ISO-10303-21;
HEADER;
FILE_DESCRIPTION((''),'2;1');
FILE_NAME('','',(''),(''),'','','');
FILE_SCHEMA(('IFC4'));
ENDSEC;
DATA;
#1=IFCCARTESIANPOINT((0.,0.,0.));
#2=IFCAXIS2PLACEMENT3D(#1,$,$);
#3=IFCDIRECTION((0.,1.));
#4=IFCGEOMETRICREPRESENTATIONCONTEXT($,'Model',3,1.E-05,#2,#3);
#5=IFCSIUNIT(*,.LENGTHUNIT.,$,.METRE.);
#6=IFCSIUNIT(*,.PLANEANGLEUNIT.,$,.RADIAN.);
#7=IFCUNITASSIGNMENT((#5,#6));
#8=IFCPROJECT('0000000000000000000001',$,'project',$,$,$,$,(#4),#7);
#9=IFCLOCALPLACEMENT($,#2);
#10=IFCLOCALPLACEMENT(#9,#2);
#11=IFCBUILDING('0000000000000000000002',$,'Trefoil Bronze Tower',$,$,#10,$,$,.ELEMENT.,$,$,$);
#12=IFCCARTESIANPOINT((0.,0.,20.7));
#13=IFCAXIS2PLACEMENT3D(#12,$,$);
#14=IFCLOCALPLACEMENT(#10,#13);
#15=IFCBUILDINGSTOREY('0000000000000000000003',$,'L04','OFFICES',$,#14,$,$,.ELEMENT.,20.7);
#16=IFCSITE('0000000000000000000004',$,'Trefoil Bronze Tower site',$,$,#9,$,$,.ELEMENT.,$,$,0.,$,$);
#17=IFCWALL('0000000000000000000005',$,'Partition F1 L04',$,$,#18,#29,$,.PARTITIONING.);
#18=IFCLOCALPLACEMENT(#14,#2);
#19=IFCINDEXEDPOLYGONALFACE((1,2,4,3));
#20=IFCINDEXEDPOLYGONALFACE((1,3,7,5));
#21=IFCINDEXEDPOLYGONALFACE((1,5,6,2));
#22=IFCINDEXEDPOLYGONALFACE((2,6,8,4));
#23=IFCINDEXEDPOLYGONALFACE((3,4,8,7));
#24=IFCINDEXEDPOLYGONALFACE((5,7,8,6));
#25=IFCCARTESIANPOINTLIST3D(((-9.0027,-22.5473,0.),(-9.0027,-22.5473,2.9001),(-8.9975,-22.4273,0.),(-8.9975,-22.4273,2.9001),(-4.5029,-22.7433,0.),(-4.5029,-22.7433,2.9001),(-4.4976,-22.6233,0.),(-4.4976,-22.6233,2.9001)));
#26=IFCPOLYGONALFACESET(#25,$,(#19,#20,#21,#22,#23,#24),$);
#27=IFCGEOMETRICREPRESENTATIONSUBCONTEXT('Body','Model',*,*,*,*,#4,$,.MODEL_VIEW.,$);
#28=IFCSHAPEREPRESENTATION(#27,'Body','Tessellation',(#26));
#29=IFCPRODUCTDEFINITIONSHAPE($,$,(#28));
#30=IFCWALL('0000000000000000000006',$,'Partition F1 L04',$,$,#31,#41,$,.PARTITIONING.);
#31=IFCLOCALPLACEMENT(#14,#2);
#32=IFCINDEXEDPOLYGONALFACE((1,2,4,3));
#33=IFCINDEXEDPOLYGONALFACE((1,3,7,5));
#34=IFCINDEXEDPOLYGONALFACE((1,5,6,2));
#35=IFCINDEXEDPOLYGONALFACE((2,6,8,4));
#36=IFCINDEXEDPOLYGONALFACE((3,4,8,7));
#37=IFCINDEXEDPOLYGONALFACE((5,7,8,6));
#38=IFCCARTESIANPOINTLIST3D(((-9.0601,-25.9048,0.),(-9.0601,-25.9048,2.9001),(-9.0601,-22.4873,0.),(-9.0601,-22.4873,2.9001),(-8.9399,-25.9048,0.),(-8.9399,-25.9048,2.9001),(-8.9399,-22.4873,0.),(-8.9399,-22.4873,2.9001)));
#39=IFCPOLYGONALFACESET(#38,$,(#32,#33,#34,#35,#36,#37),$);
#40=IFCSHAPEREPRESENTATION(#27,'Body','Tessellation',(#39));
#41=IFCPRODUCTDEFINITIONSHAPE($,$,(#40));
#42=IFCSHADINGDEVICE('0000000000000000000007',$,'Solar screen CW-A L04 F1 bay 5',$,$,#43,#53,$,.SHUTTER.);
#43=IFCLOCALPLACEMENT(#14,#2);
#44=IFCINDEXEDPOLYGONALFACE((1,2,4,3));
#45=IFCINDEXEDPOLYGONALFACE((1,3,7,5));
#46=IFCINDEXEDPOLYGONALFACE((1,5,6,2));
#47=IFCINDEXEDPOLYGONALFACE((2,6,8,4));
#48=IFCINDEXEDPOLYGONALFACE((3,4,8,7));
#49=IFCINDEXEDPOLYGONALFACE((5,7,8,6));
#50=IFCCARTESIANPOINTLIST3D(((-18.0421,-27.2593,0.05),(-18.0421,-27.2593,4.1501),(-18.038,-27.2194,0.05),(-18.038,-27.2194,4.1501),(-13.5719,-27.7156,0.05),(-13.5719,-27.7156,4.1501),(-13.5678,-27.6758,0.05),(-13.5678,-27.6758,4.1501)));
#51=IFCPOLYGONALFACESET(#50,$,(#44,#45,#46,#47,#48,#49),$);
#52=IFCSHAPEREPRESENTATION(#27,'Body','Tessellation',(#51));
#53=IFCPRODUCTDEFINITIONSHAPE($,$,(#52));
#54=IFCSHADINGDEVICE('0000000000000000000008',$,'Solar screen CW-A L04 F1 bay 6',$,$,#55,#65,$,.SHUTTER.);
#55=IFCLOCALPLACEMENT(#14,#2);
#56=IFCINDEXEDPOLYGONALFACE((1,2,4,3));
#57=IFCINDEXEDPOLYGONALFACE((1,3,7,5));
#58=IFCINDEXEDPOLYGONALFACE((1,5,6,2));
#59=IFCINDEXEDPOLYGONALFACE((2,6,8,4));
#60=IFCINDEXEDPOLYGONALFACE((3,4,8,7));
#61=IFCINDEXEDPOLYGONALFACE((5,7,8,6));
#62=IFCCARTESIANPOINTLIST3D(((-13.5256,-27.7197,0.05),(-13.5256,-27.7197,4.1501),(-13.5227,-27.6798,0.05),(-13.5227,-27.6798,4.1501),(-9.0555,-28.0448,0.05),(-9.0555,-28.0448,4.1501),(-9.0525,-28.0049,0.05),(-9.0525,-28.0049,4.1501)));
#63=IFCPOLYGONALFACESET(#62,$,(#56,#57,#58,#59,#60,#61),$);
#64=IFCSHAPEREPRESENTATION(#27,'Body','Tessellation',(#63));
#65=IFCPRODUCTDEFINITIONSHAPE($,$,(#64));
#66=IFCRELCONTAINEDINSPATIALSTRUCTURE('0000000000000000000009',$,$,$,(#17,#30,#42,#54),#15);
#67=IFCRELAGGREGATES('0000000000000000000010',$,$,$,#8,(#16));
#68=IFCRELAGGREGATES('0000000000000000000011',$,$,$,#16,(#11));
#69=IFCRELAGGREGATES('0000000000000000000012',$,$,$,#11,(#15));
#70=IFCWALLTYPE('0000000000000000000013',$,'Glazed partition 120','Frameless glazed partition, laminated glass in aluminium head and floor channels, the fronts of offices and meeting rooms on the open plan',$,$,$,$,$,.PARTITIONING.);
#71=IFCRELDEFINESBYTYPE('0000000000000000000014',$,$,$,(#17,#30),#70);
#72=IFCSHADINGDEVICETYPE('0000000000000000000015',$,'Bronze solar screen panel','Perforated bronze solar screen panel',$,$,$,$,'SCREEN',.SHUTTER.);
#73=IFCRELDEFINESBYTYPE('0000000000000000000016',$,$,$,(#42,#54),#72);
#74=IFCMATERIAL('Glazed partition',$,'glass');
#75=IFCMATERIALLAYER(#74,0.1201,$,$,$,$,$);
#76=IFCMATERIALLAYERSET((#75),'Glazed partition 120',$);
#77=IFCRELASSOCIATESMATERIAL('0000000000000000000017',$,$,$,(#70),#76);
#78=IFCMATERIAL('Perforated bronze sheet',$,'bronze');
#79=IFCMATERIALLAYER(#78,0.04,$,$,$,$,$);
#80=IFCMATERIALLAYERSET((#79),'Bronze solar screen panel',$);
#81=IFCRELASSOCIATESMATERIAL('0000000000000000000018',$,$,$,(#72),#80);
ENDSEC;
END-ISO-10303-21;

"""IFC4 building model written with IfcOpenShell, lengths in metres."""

from ifc_helpers import new_model, si_unit, direction, frame, frame_2d, origin, origin_2d, place, context, subcontext, project, spatial, rectangle, extrude, material, layer, layer_set, type_object, element, save


model = new_model("IFC4")

# Units and contexts
model_context = context("Model", 3, precision=1e-05, world=origin(), true_north=direction((0.0, 1.0)))
body_context = subcontext(model_context, "Body", "Model", "MODEL_VIEW")
ifc_project = project(units=[si_unit("LENGTHUNIT", "METRE"), si_unit("PLANEANGLEUNIT", "RADIAN")], contexts=[model_context])

# Site, building, storey
site_placement = place(None, origin())
site = spatial("IfcSite", under=ifc_project, at=site_placement, Name="Trefoil Bronze Tower site", CompositionType="ELEMENT", RefElevation=0.0)
building_placement = place(site_placement, origin())
building = spatial("IfcBuilding", under=site, at=building_placement, Name="Trefoil Bronze Tower", CompositionType="ELEMENT")
storey_placement = place(building_placement, frame((0.0, 0.0, 20.7)))
storey = spatial("IfcBuildingStorey", under=building, at=storey_placement, Name="L04", Description="OFFICES", CompositionType="ELEMENT", Elevation=20.7)

# Shared definitions
ifc_material_1 = material(Name="Glazed partition", Category="glass")
ifc_layer_1 = layer(ifc_material_1, 0.1201)
ifc_layer_set_1 = layer_set([ifc_layer_1], Name="Glazed partition 120")
wall_type = type_object("IfcWallType", Name="Glazed partition 120", Description="Frameless glazed partition, laminated glass in aluminium head and floor channels, the fronts of offices and meeting rooms on the open plan", PredefinedType="PARTITIONING", material=ifc_layer_set_1)

# Walls
wall_1_placement = place(storey_placement, frame((-9.0, -22.4873, 0.0), z_axis=(0.0, 0.0, 1.0), x_axis=(0.999052, -0.043524, 0.0)))
element("IfcWall", 1, at=wall_1_placement, inside=storey, type_object=wall_type, Name="Partition F1 L04", PredefinedType="PARTITIONING", context=body_context, shape_type="SweptSolid", body=[
    extrude(rectangle(XDim=4.5042, YDim=0.1201, at=frame_2d((2.252, 0.0))), origin(), (0.0, 0.0, 1.0), 2.9001),
])
wall_2_placement = place(storey_placement, frame((-9.0, -22.4873, 0.0), z_axis=(0.0, 0.0, 1.0), x_axis=(0.0, -1.0, 0.0)))
element("IfcWall", 2, at=wall_2_placement, inside=storey, type_object=wall_type, Name="Partition F1 L04", PredefinedType="PARTITIONING", context=body_context, shape_type="SweptSolid", body=[
    extrude(rectangle(XDim=3.4175, YDim=0.1201, at=frame_2d((1.7087, 0.0))), origin(), (0.0, 0.0, 1.0), 2.9001),
])

# Shading devices
ifc_material_2 = material(Name="Perforated bronze sheet", Category="bronze")
ifc_layer_2 = layer(ifc_material_2, 0.04)
ifc_layer_set_2 = layer_set([ifc_layer_2], Name="Bronze solar screen panel")
shading_device_type = type_object("IfcShadingDeviceType", Name="Bronze solar screen panel", Description="Perforated bronze solar screen panel", ElementType="SCREEN", PredefinedType="SHUTTER", material=ifc_layer_set_2)
shading_device_1_placement = place(storey_placement, frame((-15.8049, -27.4675, 0.05), z_axis=(0.0, 0.0, 1.0), x_axis=(0.994829, -0.101565, 0.0)))
element("IfcShadingDevice", 3, at=shading_device_1_placement, inside=storey, type_object=shading_device_type, Name="Solar screen CW-A L04 F1 bay 5", PredefinedType="SHUTTER", context=body_context, shape_type="SweptSolid", body=[
    extrude(rectangle(XDim=4.4934, YDim=0.04, at=origin_2d()), origin(), (0.0, 0.0, 1.0), 4.1001),
])
shading_device_2_placement = place(storey_placement, frame((-11.2891, -27.8623, 0.05), z_axis=(0.0, 0.0, 1.0), x_axis=(0.997365, -0.072547, 0.0)))
element("IfcShadingDevice", 4, at=shading_device_2_placement, inside=storey, type_object=shading_device_type, Name="Solar screen CW-A L04 F1 bay 6", PredefinedType="SHUTTER", context=body_context, shape_type="SweptSolid", body=[
    extrude(rectangle(XDim=4.4819, YDim=0.04, at=origin_2d()), origin(), (0.0, 0.0, 1.0), 4.1001),
])

save(model, "model.ifc")
